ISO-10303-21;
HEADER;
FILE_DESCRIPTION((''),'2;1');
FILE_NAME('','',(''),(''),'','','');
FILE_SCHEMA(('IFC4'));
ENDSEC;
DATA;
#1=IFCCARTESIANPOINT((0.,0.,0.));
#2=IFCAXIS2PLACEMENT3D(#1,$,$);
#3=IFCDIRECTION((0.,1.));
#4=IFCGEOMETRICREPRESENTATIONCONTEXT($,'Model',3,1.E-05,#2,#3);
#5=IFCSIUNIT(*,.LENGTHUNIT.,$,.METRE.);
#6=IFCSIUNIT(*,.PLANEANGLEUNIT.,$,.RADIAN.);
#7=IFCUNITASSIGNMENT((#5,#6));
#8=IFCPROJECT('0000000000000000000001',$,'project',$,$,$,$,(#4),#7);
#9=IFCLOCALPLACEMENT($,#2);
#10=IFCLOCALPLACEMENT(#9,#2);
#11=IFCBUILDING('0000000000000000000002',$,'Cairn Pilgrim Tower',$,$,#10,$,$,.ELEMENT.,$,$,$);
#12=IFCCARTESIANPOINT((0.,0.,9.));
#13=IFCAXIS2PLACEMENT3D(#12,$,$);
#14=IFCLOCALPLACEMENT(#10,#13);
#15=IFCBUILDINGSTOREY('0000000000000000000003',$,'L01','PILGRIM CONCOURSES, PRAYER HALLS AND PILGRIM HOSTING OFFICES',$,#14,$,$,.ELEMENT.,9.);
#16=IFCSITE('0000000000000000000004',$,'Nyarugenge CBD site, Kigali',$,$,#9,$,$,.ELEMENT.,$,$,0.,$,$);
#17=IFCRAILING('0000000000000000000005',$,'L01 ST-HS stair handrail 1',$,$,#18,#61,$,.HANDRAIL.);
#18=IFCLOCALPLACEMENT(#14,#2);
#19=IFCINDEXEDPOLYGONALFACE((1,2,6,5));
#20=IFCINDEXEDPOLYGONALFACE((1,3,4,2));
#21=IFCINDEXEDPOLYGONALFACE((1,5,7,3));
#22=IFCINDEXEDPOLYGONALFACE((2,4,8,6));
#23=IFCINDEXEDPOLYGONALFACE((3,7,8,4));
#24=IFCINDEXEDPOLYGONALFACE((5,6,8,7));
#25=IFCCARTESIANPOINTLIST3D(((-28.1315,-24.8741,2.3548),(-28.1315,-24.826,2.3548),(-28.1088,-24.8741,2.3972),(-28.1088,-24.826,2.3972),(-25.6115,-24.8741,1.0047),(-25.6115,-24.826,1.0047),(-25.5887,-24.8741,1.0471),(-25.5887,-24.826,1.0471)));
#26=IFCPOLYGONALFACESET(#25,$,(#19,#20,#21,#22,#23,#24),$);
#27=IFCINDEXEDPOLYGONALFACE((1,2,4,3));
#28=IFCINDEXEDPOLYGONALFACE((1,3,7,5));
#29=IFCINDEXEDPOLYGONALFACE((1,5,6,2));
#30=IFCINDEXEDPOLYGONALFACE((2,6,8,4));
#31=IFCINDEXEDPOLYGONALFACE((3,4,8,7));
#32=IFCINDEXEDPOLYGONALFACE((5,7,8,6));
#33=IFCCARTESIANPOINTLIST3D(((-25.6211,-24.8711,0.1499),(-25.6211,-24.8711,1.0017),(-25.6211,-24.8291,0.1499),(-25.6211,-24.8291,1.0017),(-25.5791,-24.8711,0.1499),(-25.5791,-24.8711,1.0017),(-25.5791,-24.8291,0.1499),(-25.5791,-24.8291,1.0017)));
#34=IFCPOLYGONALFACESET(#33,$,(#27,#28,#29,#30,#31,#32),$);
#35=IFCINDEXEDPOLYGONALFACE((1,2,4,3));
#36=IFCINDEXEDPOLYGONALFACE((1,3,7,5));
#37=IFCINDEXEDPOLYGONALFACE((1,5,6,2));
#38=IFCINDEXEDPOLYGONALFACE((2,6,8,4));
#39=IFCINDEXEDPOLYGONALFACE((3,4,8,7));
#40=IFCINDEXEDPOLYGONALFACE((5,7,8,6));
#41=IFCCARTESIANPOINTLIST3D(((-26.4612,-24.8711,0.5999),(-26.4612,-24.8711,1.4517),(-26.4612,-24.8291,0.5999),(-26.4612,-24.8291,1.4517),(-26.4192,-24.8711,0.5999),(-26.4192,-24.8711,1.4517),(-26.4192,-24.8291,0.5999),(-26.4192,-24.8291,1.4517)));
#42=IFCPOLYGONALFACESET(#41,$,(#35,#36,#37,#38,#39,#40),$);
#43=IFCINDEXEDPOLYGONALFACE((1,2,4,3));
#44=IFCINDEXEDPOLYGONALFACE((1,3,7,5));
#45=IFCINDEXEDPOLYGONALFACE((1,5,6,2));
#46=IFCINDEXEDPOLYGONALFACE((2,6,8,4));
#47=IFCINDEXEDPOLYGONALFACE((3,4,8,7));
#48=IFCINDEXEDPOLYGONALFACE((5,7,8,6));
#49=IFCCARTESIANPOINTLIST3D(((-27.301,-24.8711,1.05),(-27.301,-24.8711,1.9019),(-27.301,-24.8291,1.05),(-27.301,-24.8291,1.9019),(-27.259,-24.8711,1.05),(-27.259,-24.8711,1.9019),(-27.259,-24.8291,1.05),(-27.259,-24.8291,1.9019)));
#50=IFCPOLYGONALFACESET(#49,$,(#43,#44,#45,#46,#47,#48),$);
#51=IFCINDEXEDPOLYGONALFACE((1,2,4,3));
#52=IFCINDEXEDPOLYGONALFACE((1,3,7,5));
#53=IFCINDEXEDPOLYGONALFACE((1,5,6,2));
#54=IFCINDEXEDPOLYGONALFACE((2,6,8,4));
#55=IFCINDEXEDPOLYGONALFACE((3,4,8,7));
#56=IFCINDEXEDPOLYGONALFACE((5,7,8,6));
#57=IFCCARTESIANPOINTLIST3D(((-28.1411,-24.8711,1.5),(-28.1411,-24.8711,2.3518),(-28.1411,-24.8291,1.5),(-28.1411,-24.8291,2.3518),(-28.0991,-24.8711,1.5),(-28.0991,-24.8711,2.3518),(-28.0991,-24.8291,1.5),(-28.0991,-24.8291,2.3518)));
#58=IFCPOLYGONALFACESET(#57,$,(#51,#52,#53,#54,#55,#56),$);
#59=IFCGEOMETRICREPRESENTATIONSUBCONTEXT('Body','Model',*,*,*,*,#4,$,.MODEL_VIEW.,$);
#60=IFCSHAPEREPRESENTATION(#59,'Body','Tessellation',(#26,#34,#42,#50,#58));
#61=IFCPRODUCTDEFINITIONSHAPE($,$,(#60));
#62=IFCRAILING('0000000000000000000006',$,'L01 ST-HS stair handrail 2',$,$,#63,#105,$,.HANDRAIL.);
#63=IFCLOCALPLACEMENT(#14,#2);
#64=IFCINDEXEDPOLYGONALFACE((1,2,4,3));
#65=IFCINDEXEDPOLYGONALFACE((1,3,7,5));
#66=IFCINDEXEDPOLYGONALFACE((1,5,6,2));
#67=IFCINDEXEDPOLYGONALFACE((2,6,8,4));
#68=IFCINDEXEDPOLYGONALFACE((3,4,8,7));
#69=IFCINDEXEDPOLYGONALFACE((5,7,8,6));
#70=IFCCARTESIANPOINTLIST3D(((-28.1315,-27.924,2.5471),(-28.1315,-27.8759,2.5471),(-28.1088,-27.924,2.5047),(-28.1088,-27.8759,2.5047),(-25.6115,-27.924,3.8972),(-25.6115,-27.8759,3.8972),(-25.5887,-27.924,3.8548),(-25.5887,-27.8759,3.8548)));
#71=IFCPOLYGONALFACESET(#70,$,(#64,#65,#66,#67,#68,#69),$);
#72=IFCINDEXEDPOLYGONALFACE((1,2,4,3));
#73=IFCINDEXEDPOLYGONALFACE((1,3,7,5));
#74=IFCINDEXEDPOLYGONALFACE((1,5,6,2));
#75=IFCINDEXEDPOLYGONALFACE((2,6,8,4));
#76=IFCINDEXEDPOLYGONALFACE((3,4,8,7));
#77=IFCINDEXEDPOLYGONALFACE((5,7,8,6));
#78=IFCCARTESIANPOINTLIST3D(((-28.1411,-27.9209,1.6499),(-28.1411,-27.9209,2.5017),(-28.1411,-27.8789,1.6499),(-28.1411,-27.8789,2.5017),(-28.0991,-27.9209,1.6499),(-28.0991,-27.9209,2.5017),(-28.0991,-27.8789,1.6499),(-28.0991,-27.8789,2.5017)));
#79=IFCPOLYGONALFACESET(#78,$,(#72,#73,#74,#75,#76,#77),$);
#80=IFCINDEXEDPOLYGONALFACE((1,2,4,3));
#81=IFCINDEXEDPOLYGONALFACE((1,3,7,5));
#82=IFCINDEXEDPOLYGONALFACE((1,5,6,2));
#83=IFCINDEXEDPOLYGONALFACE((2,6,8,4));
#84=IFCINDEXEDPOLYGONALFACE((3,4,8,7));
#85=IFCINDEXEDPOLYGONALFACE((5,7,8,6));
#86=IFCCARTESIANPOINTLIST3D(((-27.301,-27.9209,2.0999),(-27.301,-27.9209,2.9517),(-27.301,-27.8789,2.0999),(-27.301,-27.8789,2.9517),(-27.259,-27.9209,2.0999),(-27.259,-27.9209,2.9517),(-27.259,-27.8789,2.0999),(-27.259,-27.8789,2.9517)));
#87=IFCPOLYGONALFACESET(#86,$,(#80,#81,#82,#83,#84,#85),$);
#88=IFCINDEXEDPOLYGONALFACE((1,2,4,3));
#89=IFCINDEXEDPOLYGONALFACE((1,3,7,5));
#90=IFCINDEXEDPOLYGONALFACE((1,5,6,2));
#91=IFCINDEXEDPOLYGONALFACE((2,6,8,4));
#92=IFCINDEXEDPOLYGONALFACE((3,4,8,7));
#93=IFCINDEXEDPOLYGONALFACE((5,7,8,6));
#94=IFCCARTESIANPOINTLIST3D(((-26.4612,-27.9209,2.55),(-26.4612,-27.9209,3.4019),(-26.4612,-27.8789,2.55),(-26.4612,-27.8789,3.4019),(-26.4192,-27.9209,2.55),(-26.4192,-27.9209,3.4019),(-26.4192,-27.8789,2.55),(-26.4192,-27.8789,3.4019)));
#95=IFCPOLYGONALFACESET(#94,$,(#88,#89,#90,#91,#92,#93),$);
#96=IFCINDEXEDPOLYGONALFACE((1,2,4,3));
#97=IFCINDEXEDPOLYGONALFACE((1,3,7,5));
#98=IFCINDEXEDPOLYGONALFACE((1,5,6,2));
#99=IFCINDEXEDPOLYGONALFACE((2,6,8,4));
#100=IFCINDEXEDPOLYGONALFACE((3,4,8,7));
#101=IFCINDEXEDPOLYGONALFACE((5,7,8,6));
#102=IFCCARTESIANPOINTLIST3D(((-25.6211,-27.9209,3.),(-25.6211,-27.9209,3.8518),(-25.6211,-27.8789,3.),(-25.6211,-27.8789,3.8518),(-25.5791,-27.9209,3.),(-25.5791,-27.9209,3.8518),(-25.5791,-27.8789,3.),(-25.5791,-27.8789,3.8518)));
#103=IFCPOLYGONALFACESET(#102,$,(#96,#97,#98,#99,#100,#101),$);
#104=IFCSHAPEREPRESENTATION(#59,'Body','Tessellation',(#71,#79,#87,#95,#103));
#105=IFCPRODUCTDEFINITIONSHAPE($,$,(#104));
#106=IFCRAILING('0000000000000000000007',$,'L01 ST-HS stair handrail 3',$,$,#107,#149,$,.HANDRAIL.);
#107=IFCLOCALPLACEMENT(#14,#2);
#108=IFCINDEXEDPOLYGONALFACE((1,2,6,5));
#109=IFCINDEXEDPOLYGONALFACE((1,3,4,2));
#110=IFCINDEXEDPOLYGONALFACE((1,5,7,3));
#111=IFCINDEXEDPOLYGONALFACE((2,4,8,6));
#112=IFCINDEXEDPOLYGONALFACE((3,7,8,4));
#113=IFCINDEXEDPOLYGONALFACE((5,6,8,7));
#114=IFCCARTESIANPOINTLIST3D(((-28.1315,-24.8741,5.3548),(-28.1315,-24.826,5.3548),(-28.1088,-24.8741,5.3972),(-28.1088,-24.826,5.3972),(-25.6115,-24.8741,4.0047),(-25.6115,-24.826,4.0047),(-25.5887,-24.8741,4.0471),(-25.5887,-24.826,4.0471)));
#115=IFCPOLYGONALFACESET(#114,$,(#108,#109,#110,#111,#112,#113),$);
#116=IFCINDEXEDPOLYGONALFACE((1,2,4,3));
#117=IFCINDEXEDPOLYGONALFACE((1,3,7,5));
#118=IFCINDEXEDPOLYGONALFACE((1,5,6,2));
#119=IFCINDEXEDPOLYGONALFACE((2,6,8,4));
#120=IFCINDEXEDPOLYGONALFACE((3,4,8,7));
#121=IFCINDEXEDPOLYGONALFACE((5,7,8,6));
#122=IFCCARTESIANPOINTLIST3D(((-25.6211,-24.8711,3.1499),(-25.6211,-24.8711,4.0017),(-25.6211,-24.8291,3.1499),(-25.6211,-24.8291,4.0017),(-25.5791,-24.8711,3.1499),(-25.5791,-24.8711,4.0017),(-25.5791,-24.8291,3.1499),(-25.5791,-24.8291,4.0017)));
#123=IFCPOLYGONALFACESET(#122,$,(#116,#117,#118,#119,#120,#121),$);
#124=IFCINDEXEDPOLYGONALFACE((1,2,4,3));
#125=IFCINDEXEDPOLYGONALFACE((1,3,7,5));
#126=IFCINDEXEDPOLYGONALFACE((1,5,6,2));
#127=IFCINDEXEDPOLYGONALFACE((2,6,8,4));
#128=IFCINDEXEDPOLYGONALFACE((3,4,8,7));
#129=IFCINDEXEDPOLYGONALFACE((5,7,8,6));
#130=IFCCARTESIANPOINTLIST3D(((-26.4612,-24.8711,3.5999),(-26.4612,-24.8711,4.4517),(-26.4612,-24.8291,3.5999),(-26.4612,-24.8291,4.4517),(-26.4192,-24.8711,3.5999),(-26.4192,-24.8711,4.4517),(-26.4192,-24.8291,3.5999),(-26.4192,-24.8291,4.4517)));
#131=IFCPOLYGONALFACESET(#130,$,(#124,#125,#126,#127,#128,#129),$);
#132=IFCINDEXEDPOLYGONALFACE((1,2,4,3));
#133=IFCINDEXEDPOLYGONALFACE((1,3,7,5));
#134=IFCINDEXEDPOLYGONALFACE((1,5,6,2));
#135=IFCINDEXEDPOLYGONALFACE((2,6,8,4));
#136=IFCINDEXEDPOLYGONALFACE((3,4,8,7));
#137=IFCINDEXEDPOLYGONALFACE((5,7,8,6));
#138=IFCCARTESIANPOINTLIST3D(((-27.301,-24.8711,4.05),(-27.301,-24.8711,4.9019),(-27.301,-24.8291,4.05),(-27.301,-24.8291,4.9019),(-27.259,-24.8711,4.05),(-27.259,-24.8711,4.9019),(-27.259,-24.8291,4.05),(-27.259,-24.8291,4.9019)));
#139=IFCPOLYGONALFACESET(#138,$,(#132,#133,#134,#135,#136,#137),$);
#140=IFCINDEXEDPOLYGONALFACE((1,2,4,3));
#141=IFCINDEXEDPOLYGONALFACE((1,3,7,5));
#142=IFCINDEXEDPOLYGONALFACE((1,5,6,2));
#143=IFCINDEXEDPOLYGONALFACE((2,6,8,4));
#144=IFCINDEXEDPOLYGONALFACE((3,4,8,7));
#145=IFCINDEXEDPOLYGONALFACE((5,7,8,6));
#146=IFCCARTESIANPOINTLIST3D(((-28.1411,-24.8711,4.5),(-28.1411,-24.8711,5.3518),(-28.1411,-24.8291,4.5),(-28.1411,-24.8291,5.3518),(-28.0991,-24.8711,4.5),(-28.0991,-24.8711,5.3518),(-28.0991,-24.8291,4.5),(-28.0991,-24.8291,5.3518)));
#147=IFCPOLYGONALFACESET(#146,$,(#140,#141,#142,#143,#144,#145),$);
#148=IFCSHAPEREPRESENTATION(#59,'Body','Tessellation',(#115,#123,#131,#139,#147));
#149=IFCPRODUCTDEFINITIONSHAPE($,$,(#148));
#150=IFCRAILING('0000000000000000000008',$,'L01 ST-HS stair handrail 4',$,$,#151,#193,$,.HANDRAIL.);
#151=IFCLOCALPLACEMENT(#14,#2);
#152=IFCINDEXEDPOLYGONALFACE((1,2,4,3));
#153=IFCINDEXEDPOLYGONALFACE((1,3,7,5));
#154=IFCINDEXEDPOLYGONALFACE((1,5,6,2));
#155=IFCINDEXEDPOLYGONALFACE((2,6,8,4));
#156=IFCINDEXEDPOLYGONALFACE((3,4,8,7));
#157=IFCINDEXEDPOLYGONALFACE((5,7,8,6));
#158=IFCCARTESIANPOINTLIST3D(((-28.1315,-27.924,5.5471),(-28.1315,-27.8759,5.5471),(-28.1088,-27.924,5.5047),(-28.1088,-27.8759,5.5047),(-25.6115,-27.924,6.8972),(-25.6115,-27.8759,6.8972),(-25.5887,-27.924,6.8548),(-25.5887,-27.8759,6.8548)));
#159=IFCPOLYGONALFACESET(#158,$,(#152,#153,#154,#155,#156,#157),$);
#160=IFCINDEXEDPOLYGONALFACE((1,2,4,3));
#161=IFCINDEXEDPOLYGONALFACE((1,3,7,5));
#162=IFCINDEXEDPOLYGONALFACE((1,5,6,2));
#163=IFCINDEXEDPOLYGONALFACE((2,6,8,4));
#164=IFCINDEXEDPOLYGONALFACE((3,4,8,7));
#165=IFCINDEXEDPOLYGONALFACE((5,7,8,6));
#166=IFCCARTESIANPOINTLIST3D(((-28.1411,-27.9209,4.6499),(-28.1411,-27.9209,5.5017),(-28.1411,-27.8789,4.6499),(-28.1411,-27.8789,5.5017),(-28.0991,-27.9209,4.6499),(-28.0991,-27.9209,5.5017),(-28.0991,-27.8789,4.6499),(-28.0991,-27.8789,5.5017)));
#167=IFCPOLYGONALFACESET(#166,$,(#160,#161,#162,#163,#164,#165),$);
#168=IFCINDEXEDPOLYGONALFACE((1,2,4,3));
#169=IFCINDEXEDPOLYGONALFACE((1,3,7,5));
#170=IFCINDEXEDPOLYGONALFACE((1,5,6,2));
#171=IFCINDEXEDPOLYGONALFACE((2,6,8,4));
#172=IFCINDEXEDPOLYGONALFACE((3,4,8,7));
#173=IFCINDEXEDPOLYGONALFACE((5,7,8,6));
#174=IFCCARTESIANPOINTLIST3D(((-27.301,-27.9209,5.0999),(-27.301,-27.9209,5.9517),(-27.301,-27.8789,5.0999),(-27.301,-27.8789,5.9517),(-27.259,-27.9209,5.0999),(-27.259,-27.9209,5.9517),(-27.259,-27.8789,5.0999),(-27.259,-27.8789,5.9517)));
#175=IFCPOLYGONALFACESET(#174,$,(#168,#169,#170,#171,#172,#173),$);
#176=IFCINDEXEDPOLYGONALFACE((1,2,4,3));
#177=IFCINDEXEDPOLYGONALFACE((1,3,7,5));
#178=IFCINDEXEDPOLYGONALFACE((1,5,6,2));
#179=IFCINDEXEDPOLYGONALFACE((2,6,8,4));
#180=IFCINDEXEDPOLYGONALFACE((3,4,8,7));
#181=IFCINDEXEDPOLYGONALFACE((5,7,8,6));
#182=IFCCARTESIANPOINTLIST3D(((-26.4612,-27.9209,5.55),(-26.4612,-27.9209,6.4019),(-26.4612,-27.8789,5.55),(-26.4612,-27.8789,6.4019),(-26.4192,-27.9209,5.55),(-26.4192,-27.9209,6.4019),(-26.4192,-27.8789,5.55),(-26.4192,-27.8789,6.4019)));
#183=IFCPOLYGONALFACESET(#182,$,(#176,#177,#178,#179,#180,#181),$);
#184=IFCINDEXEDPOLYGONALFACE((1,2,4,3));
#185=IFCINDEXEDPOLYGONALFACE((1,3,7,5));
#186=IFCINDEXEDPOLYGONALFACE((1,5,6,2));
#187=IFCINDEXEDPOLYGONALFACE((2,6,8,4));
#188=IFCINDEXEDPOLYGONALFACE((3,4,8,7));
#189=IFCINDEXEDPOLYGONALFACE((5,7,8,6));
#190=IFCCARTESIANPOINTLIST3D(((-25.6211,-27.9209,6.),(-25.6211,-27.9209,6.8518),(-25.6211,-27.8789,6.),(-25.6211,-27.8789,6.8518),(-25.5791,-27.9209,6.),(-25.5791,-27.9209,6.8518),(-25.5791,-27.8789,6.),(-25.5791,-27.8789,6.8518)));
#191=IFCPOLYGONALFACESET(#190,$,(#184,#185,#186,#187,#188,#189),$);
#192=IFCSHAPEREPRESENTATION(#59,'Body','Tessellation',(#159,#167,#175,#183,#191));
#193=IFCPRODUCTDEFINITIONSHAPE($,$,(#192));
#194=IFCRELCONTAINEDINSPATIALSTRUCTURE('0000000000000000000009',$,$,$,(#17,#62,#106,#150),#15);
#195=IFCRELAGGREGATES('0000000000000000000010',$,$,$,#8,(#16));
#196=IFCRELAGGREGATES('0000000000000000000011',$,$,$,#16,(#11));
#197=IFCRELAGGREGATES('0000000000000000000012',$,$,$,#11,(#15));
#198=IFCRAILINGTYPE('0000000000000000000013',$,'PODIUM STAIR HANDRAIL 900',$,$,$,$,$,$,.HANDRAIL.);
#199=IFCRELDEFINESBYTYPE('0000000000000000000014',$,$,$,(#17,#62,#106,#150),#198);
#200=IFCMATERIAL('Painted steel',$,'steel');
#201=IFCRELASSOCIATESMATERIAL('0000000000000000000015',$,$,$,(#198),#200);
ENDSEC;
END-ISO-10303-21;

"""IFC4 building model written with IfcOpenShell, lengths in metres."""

from ifc_helpers import new_model, si_unit, direction, frame, origin, origin_2d, place, context, subcontext, project, spatial, rectangle, extrude, material, type_object, element, save


model = new_model("IFC4")

# Units and contexts
model_context = context("Model", 3, precision=1e-05, world=origin(), true_north=direction((0.0, 1.0)))
body_context = subcontext(model_context, "Body", "Model", "MODEL_VIEW")
ifc_project = project(units=[si_unit("LENGTHUNIT", "METRE"), si_unit("PLANEANGLEUNIT", "RADIAN")], contexts=[model_context])

# Site, building, storey
site_placement = place(None, origin())
site = spatial("IfcSite", under=ifc_project, at=site_placement, Name="Nyarugenge CBD site, Kigali", CompositionType="ELEMENT", RefElevation=0.0)
building_placement = place(site_placement, origin())
building = spatial("IfcBuilding", under=site, at=building_placement, Name="Cairn Pilgrim Tower", CompositionType="ELEMENT")
storey_placement = place(building_placement, frame((0.0, 0.0, 9.0)))
storey = spatial("IfcBuildingStorey", under=building, at=storey_placement, Name="L01", Description="PILGRIM CONCOURSES, PRAYER HALLS AND PILGRIM HOSTING OFFICES", CompositionType="ELEMENT", Elevation=9.0)

# Railings
ifc_material_1 = material(Name="Painted steel", Category="steel")
railing_type_1 = type_object("IfcRailingType", Name="PODIUM STAIR HANDRAIL 900", PredefinedType="HANDRAIL", material=ifc_material_1)
railing_1_placement = place(storey_placement, frame((-25.6001, -24.8501, 0.1499)))
element("IfcRailing", 1, at=railing_1_placement, inside=storey, type_object=railing_type_1, Name="L01 ST-HS stair handrail 1", PredefinedType="HANDRAIL", context=body_context, shape_type="SweptSolid", body=[
    extrude(rectangle(XDim=0.0481, YDim=0.0481, at=origin_2d()), frame((0.0, 0.0, 0.876), z_axis=(-0.881467, 0.0, 0.472245), x_axis=(0.0, -1.0, 0.0)), (0.0, 0.0, 1.0), 2.8589),
    extrude(rectangle(XDim=0.042, YDim=0.042, at=origin_2d()), origin(), (0.0, 0.0, 1.0), 0.8518),
    extrude(rectangle(XDim=0.042, YDim=0.042, at=origin_2d()), frame((-0.8401, 0.0, 0.45)), (0.0, 0.0, 1.0), 0.8518),
    extrude(rectangle(XDim=0.042, YDim=0.042, at=origin_2d()), frame((-1.6799, 0.0, 0.9001)), (0.0, 0.0, 1.0), 0.8518),
    extrude(rectangle(XDim=0.042, YDim=0.042, at=origin_2d()), frame((-2.52, 0.0, 1.3501)), (0.0, 0.0, 1.0), 0.8518),
])
railing_2_placement = place(storey_placement, frame((-28.1201, -27.8999, 1.6499)))
element("IfcRailing", 2, at=railing_2_placement, inside=storey, type_object=railing_type_1, Name="L01 ST-HS stair handrail 2", PredefinedType="HANDRAIL", context=body_context, shape_type="SweptSolid", body=[
    extrude(rectangle(XDim=0.0481, YDim=0.0481, at=origin_2d()), frame((0.0, 0.0, 0.876), z_axis=(0.881467, 0.0, 0.472245), x_axis=(0.0, 1.0, 0.0)), (0.0, 0.0, 1.0), 2.8589),
    extrude(rectangle(XDim=0.042, YDim=0.042, at=origin_2d()), origin(), (0.0, 0.0, 1.0), 0.8518),
    extrude(rectangle(XDim=0.042, YDim=0.042, at=origin_2d()), frame((0.8401, 0.0, 0.45)), (0.0, 0.0, 1.0), 0.8518),
    extrude(rectangle(XDim=0.042, YDim=0.042, at=origin_2d()), frame((1.6799, 0.0, 0.9001)), (0.0, 0.0, 1.0), 0.8518),
    extrude(rectangle(XDim=0.042, YDim=0.042, at=origin_2d()), frame((2.52, 0.0, 1.3501)), (0.0, 0.0, 1.0), 0.8518),
])
railing_3_placement = place(storey_placement, frame((-25.6001, -24.8501, 3.1499)))
element("IfcRailing", 3, at=railing_3_placement, inside=storey, type_object=railing_type_1, Name="L01 ST-HS stair handrail 3", PredefinedType="HANDRAIL", context=body_context, shape_type="SweptSolid", body=[
    extrude(rectangle(XDim=0.0481, YDim=0.0481, at=origin_2d()), frame((0.0, 0.0, 0.876), z_axis=(-0.881467, 0.0, 0.472245), x_axis=(0.0, -1.0, 0.0)), (0.0, 0.0, 1.0), 2.8589),
    extrude(rectangle(XDim=0.042, YDim=0.042, at=origin_2d()), origin(), (0.0, 0.0, 1.0), 0.8518),
    extrude(rectangle(XDim=0.042, YDim=0.042, at=origin_2d()), frame((-0.8401, 0.0, 0.45)), (0.0, 0.0, 1.0), 0.8518),
    extrude(rectangle(XDim=0.042, YDim=0.042, at=origin_2d()), frame((-1.6799, 0.0, 0.9001)), (0.0, 0.0, 1.0), 0.8518),
    extrude(rectangle(XDim=0.042, YDim=0.042, at=origin_2d()), frame((-2.52, 0.0, 1.3501)), (0.0, 0.0, 1.0), 0.8518),
])
railing_4_placement = place(storey_placement, frame((-28.1201, -27.8999, 4.6499)))
element("IfcRailing", 4, at=railing_4_placement, inside=storey, type_object=railing_type_1, Name="L01 ST-HS stair handrail 4", PredefinedType="HANDRAIL", context=body_context, shape_type="SweptSolid", body=[
    extrude(rectangle(XDim=0.0481, YDim=0.0481, at=origin_2d()), frame((0.0, 0.0, 0.876), z_axis=(0.881467, 0.0, 0.472245), x_axis=(0.0, 1.0, 0.0)), (0.0, 0.0, 1.0), 2.8589),
    extrude(rectangle(XDim=0.042, YDim=0.042, at=origin_2d()), origin(), (0.0, 0.0, 1.0), 0.8518),
    extrude(rectangle(XDim=0.042, YDim=0.042, at=origin_2d()), frame((0.8401, 0.0, 0.45)), (0.0, 0.0, 1.0), 0.8518),
    extrude(rectangle(XDim=0.042, YDim=0.042, at=origin_2d()), frame((1.6799, 0.0, 0.9001)), (0.0, 0.0, 1.0), 0.8518),
    extrude(rectangle(XDim=0.042, YDim=0.042, at=origin_2d()), frame((2.52, 0.0, 1.3501)), (0.0, 0.0, 1.0), 0.8518),
])

save(model, "model.ifc")
